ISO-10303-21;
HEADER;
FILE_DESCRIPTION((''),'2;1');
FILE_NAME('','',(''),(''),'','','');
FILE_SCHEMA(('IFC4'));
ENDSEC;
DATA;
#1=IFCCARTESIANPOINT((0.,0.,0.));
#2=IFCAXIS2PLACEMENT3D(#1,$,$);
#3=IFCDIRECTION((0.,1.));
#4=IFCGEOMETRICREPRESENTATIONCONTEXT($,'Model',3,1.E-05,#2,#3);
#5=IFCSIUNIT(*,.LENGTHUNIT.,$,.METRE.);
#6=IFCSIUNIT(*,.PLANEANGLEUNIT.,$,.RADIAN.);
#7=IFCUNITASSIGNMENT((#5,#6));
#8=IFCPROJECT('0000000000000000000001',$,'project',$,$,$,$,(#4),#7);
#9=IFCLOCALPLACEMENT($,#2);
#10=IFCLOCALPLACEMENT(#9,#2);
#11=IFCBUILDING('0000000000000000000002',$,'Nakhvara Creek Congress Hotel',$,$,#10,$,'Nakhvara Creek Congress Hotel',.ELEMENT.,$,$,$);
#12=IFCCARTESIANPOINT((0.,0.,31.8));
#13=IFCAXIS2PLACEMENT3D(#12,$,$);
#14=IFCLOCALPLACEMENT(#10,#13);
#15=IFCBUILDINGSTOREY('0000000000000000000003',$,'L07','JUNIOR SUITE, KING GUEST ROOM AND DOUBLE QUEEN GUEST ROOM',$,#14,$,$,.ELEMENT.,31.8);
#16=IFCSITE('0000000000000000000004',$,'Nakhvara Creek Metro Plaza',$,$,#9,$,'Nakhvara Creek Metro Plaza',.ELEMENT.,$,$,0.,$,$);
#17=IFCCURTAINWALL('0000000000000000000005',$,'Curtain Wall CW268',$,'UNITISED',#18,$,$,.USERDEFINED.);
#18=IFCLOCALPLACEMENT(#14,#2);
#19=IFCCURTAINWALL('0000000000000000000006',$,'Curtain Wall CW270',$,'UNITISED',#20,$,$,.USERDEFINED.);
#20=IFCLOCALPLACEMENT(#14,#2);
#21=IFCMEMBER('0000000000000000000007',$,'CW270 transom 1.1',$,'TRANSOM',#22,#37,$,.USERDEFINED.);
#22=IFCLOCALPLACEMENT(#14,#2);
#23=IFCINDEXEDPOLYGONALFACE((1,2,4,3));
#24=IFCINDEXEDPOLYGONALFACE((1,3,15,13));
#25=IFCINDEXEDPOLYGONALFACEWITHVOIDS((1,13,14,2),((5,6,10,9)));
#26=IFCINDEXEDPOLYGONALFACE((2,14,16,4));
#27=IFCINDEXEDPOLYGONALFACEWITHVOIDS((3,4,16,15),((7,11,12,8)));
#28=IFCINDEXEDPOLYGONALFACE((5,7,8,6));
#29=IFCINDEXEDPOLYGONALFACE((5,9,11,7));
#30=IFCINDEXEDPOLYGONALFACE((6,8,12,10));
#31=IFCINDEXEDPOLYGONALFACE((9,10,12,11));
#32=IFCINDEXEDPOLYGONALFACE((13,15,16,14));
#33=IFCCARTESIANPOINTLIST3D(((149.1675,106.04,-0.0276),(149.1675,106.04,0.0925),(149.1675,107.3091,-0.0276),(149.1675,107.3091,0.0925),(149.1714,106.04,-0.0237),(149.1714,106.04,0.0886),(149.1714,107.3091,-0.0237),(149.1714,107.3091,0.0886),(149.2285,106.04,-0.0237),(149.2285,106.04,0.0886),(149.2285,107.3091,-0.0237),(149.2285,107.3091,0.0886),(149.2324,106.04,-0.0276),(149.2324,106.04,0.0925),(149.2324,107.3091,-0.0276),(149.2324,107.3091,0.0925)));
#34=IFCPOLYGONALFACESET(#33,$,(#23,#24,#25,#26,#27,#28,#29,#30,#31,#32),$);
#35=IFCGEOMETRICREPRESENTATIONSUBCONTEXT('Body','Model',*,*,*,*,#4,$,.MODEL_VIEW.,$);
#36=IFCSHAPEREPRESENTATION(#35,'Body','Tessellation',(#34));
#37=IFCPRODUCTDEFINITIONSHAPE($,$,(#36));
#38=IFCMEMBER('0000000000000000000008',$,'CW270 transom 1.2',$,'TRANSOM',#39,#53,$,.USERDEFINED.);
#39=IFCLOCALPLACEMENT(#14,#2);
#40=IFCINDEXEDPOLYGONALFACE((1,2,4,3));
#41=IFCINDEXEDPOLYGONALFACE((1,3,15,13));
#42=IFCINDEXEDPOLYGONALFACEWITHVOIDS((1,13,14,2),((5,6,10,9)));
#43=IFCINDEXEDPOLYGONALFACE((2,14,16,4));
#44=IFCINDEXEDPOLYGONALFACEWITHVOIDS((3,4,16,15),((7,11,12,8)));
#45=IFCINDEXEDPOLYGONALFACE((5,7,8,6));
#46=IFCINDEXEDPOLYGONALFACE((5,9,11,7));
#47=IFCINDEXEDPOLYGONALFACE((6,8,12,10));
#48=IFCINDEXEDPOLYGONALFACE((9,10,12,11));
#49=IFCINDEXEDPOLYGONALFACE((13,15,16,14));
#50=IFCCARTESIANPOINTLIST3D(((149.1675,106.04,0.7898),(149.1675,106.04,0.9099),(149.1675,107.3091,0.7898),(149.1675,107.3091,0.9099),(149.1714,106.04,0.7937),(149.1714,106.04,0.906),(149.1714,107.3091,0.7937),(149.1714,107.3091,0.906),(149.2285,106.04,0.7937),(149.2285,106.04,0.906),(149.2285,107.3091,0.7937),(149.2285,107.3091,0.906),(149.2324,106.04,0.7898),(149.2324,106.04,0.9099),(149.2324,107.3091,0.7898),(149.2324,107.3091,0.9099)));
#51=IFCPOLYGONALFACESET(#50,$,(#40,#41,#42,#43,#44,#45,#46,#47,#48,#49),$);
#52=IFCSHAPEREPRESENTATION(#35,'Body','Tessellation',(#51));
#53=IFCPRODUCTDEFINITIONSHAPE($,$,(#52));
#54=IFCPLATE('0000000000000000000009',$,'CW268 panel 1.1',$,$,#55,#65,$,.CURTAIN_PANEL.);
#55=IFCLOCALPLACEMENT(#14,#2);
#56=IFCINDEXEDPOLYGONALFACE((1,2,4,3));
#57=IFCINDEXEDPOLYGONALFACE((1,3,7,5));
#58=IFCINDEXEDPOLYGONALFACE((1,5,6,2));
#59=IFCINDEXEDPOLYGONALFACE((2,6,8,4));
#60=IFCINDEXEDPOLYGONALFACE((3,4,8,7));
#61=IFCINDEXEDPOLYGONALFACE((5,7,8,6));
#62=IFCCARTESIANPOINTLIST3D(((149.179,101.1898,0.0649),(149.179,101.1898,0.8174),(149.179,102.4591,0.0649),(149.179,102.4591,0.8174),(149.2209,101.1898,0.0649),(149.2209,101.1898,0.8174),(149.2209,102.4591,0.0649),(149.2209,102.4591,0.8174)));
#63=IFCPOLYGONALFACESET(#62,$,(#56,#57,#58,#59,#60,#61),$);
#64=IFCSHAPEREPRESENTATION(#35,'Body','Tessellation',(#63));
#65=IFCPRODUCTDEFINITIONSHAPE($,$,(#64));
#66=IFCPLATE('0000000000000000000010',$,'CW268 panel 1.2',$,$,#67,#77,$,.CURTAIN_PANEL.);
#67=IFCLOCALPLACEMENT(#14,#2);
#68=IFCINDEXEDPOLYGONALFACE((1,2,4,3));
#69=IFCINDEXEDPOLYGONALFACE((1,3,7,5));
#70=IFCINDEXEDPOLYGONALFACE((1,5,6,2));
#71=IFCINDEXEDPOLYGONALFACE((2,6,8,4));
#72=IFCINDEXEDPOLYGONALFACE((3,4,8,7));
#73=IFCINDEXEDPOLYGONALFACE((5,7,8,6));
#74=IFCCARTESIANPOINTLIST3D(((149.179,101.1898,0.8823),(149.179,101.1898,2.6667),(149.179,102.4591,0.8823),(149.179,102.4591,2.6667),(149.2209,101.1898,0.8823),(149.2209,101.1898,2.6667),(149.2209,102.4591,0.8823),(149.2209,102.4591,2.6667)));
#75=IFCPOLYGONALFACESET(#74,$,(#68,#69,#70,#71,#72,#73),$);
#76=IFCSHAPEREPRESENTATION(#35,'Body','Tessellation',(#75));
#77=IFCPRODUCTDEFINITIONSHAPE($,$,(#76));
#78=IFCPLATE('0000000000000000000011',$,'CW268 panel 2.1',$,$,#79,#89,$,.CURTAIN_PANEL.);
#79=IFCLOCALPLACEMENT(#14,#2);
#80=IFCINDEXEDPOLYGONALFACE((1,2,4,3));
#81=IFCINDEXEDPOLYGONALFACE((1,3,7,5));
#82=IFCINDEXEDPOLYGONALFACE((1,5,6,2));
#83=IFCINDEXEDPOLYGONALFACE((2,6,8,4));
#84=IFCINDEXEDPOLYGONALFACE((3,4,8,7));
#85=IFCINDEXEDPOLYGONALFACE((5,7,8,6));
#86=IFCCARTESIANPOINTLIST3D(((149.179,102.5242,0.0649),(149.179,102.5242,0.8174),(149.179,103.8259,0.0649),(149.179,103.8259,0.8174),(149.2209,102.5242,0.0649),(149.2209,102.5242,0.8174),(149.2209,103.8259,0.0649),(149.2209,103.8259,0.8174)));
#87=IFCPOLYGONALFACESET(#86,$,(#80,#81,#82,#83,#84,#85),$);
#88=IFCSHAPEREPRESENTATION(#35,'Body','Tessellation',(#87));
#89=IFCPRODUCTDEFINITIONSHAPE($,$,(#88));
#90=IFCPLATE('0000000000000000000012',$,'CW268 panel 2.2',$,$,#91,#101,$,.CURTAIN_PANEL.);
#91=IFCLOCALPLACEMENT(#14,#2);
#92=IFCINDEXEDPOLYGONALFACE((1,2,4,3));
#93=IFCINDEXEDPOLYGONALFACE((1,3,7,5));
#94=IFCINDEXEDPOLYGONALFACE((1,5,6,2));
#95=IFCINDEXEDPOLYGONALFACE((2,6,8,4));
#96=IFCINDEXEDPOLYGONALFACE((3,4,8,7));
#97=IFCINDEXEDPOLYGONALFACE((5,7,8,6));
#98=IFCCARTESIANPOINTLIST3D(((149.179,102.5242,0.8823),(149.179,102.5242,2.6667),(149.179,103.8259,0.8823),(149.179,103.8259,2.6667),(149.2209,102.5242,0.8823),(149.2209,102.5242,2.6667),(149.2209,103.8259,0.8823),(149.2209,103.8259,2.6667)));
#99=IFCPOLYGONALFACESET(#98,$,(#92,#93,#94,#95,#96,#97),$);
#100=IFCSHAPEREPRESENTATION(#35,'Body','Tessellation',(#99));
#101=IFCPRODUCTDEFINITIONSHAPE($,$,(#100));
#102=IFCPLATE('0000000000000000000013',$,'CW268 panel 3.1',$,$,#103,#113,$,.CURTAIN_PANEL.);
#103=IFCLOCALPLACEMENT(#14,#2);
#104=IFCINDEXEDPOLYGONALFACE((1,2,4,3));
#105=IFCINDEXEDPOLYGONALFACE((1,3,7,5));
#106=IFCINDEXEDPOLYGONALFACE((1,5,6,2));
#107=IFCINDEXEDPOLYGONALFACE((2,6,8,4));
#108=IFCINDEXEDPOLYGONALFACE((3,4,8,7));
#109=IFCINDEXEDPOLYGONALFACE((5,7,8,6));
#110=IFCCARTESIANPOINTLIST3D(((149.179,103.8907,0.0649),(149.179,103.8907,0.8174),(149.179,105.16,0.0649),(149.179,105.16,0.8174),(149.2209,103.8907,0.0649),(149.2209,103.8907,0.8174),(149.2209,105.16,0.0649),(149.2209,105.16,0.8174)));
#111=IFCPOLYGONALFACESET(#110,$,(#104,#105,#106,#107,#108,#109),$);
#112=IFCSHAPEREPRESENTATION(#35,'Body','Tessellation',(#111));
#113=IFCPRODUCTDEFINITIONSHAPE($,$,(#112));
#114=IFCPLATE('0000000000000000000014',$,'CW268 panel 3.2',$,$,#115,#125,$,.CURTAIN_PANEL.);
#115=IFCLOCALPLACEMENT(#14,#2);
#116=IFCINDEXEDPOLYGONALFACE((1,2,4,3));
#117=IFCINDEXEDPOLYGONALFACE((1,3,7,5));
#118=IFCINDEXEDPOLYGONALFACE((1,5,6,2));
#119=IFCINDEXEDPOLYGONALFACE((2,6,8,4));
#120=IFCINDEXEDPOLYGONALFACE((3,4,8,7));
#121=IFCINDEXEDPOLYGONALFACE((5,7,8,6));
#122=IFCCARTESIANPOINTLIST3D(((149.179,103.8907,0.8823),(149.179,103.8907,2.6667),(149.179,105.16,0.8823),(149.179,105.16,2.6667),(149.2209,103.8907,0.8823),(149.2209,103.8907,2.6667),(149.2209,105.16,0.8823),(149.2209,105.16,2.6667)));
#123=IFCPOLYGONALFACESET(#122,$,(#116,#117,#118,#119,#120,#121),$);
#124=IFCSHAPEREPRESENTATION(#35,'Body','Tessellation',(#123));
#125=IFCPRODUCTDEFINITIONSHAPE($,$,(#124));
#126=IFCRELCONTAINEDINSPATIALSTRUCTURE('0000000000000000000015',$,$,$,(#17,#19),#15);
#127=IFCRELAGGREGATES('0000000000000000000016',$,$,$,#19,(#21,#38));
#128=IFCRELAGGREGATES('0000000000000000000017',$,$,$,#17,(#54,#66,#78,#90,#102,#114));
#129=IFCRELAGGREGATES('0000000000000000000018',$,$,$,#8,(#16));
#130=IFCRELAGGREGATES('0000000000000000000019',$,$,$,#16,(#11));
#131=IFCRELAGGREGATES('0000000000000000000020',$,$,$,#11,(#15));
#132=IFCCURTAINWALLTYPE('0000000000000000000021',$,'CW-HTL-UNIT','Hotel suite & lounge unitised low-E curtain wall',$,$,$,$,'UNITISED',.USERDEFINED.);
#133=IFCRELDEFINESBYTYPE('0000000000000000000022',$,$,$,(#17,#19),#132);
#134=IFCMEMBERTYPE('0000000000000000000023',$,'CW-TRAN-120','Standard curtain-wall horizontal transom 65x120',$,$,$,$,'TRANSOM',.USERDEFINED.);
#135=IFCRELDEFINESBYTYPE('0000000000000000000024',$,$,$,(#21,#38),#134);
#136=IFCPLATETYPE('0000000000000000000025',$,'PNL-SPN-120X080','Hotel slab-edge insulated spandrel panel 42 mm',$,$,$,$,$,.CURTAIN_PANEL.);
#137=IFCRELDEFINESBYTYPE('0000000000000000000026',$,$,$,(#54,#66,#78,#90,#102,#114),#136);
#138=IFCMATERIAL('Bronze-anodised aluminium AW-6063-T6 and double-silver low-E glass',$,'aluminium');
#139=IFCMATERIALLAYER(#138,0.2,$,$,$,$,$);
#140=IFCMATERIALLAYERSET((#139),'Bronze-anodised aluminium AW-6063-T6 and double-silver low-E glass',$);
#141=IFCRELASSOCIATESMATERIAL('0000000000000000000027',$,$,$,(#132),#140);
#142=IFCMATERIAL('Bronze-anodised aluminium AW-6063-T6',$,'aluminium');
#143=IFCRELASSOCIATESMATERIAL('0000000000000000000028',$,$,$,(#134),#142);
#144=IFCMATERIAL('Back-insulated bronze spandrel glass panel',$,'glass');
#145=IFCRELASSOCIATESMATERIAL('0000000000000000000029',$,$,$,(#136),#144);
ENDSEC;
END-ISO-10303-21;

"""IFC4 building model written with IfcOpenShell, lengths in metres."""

from ifc_helpers import new_model, si_unit, direction, frame, origin, origin_2d, place, context, subcontext, project, spatial, rectangle, hollow_rectangle, extrude, material, layer, layer_set, material_profile, profile_set, type_object, element, aggregate, save


model = new_model("IFC4")

# Units and contexts
model_context = context("Model", 3, precision=1e-05, world=origin(), true_north=direction((0.0, 1.0)))
body_context = subcontext(model_context, "Body", "Model", "MODEL_VIEW")
ifc_project = project(units=[si_unit("LENGTHUNIT", "METRE"), si_unit("PLANEANGLEUNIT", "RADIAN")], contexts=[model_context])

# Site, building, storey
site_placement = place(None, origin())
site = spatial("IfcSite", under=ifc_project, at=site_placement, Name="Nakhvara Creek Metro Plaza", LongName="Nakhvara Creek Metro Plaza", CompositionType="ELEMENT", RefElevation=0.0)
building_placement = place(site_placement, origin())
building = spatial("IfcBuilding", under=site, at=building_placement, Name="Nakhvara Creek Congress Hotel", LongName="Nakhvara Creek Congress Hotel", CompositionType="ELEMENT")
storey_placement = place(building_placement, frame((0.0, 0.0, 31.8)))
storey = spatial("IfcBuildingStorey", under=building, at=storey_placement, Name="L07", Description="JUNIOR SUITE, KING GUEST ROOM AND DOUBLE QUEEN GUEST ROOM", CompositionType="ELEMENT", Elevation=31.8)

# Curtain wall
ifc_material_1 = material(Name="Bronze-anodised aluminium AW-6063-T6 and double-silver low-E glass", Category="aluminium")
ifc_layer = layer(ifc_material_1, 0.2)
ifc_layer_set = layer_set([ifc_layer], Name="Bronze-anodised aluminium AW-6063-T6 and double-silver low-E glass")
curtain_wall_type = type_object("IfcCurtainWallType", Name="CW-HTL-UNIT", Description="Hotel suite & lounge unitised low-E curtain wall", ElementType="UNITISED", PredefinedType="USERDEFINED", material=ifc_layer_set)
curtain_wall_1_placement = place(storey_placement, origin())
curtain_wall_1 = element("IfcCurtainWall", 1, at=curtain_wall_1_placement, inside=storey, type_object=curtain_wall_type, Name="Curtain Wall CW268", ObjectType="UNITISED", PredefinedType="USERDEFINED")
ifc_material_2 = material(Name="Bronze-anodised aluminium AW-6063-T6", Category="aluminium")

# Curtain wall
curtain_wall_2_placement = place(storey_placement, origin())
curtain_wall_2 = element("IfcCurtainWall", 2, at=curtain_wall_2_placement, inside=storey, type_object=curtain_wall_type, Name="Curtain Wall CW270", ObjectType="UNITISED", PredefinedType="USERDEFINED")

# Members
ifc_material_profile_1 = material_profile(ifc_material_2, hollow_rectangle(XDim=0.0649, YDim=0.1201, WallThickness=0.0039, at=origin_2d()), Name="ALU-TRAN 65x120x4", Category="LoadBearing")
ifc_profile_set_1 = profile_set([ifc_material_profile_1], Name="Bronze-anodised aluminium AW-6063-T6")
member_type_1 = type_object("IfcMemberType", Name="CW-TRAN-120", Description="Standard curtain-wall horizontal transom 65x120", ElementType="TRANSOM", PredefinedType="USERDEFINED", material=ifc_profile_set_1)
member_1_placement = place(storey_placement, frame((149.2, 106.04, 0.0325), z_axis=(0.0, 1.0, 0.0), x_axis=(-1.0, 0.0, 0.0)))
member_1 = element("IfcMember", 3, at=member_1_placement, type_object=member_type_1, Name="CW270 transom 1.1", ObjectType="TRANSOM", PredefinedType="USERDEFINED", context=body_context, shape_type="SweptSolid", body=[
    extrude(hollow_rectangle(XDim=0.0649, YDim=0.1201, WallThickness=0.0039, at=origin_2d()), origin(), (0.0, 0.0, 1.0), 1.269),
])
member_2_placement = place(storey_placement, frame((149.2, 106.04, 0.8499), z_axis=(0.0, 1.0, 0.0), x_axis=(-1.0, 0.0, 0.0)))
member_2 = element("IfcMember", 4, at=member_2_placement, type_object=member_type_1, Name="CW270 transom 1.2", ObjectType="TRANSOM", PredefinedType="USERDEFINED", context=body_context, shape_type="SweptSolid", body=[
    extrude(hollow_rectangle(XDim=0.0649, YDim=0.1201, WallThickness=0.0039, at=origin_2d()), origin(), (0.0, 0.0, 1.0), 1.269),
])
aggregate(curtain_wall_2, [member_1, member_2])

# Plates
ifc_material_3 = material(Name="Back-insulated bronze spandrel glass panel", Category="glass")
plate_type = type_object("IfcPlateType", Name="PNL-SPN-120X080", Description="Hotel slab-edge insulated spandrel panel 42 mm", PredefinedType="CURTAIN_PANEL", material=ifc_material_3)
plate_1_placement = place(storey_placement, frame((149.2, 101.8245, 0.0649), z_axis=(0.0, 0.0, 1.0), x_axis=(0.0, 1.0, 0.0)))
plate_1 = element("IfcPlate", 5, at=plate_1_placement, type_object=plate_type, Name="CW268 panel 1.1", PredefinedType="CURTAIN_PANEL", context=body_context, shape_type="SweptSolid", body=[
    extrude(rectangle(XDim=1.2693, YDim=0.042, at=origin_2d()), origin(), (0.0, 0.0, 1.0), 0.7524),
])
plate_2_placement = place(storey_placement, frame((149.2, 101.8245, 0.8823), z_axis=(0.0, 0.0, 1.0), x_axis=(0.0, 1.0, 0.0)))
plate_2 = element("IfcPlate", 6, at=plate_2_placement, type_object=plate_type, Name="CW268 panel 1.2", PredefinedType="CURTAIN_PANEL", context=body_context, shape_type="SweptSolid", body=[
    extrude(rectangle(XDim=1.2693, YDim=0.042, at=origin_2d()), origin(), (0.0, 0.0, 1.0), 1.7844),
])
plate_3_placement = place(storey_placement, frame((149.2, 103.175, 0.0649), z_axis=(0.0, 0.0, 1.0), x_axis=(0.0, 1.0, 0.0)))
plate_3 = element("IfcPlate", 7, at=plate_3_placement, type_object=plate_type, Name="CW268 panel 2.1", PredefinedType="CURTAIN_PANEL", context=body_context, shape_type="SweptSolid", body=[
    extrude(rectangle(XDim=1.3018, YDim=0.042, at=origin_2d()), origin(), (0.0, 0.0, 1.0), 0.7524),
])
plate_4_placement = place(storey_placement, frame((149.2, 103.175, 0.8823), z_axis=(0.0, 0.0, 1.0), x_axis=(0.0, 1.0, 0.0)))
plate_4 = element("IfcPlate", 8, at=plate_4_placement, type_object=plate_type, Name="CW268 panel 2.2", PredefinedType="CURTAIN_PANEL", context=body_context, shape_type="SweptSolid", body=[
    extrude(rectangle(XDim=1.3018, YDim=0.042, at=origin_2d()), origin(), (0.0, 0.0, 1.0), 1.7844),
])
plate_5_placement = place(storey_placement, frame((149.2, 104.5254, 0.0649), z_axis=(0.0, 0.0, 1.0), x_axis=(0.0, 1.0, 0.0)))
plate_5 = element("IfcPlate", 9, at=plate_5_placement, type_object=plate_type, Name="CW268 panel 3.1", PredefinedType="CURTAIN_PANEL", context=body_context, shape_type="SweptSolid", body=[
    extrude(rectangle(XDim=1.2693, YDim=0.042, at=origin_2d()), origin(), (0.0, 0.0, 1.0), 0.7524),
])
plate_6_placement = place(storey_placement, frame((149.2, 104.5254, 0.8823), z_axis=(0.0, 0.0, 1.0), x_axis=(0.0, 1.0, 0.0)))
plate_6 = element("IfcPlate", 10, at=plate_6_placement, type_object=plate_type, Name="CW268 panel 3.2", PredefinedType="CURTAIN_PANEL", context=body_context, shape_type="SweptSolid", body=[
    extrude(rectangle(XDim=1.2693, YDim=0.042, at=origin_2d()), origin(), (0.0, 0.0, 1.0), 1.7844),
])
aggregate(curtain_wall_1, [plate_1, plate_2, plate_3, plate_4, plate_5, plate_6])

save(model, "model.ifc")
